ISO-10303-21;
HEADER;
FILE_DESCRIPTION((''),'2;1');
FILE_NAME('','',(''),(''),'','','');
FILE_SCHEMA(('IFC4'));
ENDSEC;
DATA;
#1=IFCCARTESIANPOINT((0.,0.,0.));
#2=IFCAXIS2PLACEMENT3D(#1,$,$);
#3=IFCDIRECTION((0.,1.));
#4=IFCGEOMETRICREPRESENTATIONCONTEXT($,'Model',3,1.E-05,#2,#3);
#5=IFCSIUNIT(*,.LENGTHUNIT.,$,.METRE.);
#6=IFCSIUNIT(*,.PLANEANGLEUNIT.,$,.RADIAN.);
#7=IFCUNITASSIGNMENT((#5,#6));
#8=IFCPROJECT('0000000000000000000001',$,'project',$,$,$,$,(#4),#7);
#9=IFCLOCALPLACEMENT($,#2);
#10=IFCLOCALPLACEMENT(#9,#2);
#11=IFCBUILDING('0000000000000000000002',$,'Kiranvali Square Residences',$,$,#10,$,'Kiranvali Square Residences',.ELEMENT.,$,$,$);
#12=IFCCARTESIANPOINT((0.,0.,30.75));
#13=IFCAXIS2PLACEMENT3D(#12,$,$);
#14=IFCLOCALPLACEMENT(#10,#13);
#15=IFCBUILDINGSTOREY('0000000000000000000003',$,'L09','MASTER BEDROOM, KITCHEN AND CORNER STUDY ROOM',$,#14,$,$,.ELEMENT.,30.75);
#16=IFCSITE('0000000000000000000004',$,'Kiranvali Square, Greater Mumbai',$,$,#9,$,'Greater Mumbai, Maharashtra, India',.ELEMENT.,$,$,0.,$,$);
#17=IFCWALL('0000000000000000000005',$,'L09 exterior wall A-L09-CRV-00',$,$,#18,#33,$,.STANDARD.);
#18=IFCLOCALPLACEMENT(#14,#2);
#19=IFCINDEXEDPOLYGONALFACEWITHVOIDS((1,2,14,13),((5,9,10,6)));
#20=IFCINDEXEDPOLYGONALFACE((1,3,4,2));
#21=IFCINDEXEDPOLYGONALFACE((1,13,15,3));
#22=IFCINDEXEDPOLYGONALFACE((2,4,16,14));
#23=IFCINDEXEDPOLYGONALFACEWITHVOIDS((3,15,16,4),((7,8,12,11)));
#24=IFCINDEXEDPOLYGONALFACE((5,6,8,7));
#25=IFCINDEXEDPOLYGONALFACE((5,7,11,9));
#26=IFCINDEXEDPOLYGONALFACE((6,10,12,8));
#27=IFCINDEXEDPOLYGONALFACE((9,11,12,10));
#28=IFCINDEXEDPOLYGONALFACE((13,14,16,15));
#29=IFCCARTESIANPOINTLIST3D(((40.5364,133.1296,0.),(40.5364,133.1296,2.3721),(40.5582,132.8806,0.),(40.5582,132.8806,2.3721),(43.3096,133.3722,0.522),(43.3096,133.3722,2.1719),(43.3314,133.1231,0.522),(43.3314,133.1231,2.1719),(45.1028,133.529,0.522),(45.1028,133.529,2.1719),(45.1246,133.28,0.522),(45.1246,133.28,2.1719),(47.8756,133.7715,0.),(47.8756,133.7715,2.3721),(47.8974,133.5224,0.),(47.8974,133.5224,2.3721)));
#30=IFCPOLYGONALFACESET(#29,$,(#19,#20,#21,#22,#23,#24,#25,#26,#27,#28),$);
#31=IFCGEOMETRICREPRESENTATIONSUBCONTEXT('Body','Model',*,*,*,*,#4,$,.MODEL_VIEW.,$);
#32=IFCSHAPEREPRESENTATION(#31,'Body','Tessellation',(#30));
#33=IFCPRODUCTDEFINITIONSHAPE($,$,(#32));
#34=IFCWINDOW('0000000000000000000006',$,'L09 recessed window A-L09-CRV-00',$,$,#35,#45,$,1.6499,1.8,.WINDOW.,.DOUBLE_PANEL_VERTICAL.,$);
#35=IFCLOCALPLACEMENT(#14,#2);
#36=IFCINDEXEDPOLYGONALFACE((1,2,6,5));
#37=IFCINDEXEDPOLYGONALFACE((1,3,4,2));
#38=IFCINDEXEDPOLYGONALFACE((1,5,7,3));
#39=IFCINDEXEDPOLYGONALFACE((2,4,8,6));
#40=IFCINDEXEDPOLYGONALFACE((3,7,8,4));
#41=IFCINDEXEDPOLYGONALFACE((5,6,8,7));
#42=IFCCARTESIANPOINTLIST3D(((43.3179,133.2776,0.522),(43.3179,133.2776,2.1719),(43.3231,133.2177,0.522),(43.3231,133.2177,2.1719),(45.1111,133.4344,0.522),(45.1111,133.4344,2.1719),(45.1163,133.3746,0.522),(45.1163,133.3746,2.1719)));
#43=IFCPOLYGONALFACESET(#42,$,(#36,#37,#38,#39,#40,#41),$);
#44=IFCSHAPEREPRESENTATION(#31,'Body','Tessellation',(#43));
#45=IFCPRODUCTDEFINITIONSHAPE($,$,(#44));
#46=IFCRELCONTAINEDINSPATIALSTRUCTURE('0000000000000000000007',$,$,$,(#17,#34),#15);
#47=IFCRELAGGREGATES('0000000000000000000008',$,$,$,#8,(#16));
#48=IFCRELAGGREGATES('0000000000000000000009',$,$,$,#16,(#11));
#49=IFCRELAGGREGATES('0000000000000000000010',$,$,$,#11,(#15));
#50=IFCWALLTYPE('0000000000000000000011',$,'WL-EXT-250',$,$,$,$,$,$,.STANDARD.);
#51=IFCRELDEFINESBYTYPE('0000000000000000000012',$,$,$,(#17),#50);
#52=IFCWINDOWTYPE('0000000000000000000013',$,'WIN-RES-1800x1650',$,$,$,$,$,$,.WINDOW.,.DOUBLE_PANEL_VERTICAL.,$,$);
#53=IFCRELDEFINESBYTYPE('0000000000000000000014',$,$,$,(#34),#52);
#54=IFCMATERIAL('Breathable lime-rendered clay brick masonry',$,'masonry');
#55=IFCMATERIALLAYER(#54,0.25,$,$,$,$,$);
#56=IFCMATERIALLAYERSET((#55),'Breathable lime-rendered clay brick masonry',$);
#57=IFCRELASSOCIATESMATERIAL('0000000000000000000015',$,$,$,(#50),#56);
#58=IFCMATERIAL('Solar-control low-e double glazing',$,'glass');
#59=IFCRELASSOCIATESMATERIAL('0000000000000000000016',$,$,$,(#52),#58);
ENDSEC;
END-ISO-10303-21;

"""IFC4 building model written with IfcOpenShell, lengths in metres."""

from ifc_helpers import new_model, si_unit, direction, frame, frame_2d, origin, place, context, subcontext, project, spatial, rectangle, extrude, material, layer, layer_set, type_object, element, fill, save


model = new_model("IFC4")

# Units and contexts
model_context = context("Model", 3, precision=1e-05, world=origin(), true_north=direction((0.0, 1.0)))
body_context = subcontext(model_context, "Body", "Model", "MODEL_VIEW")
ifc_project = project(units=[si_unit("LENGTHUNIT", "METRE"), si_unit("PLANEANGLEUNIT", "RADIAN")], contexts=[model_context])

# Site, building, storey
site_placement = place(None, origin())
site = spatial("IfcSite", under=ifc_project, at=site_placement, Name="Kiranvali Square, Greater Mumbai", LongName="Greater Mumbai, Maharashtra, India", CompositionType="ELEMENT", RefElevation=0.0)
building_placement = place(site_placement, origin())
building = spatial("IfcBuilding", under=site, at=building_placement, Name="Kiranvali Square Residences", LongName="Kiranvali Square Residences", CompositionType="ELEMENT")
storey_placement = place(building_placement, frame((0.0, 0.0, 30.75)))
storey = spatial("IfcBuildingStorey", under=building, at=storey_placement, Name="L09", Description="MASTER BEDROOM, KITCHEN AND CORNER STUDY ROOM", CompositionType="ELEMENT", Elevation=30.75)

# Wall, opening, window
ifc_material_1 = material(Name="Breathable lime-rendered clay brick masonry", Category="masonry")
ifc_layer = layer(ifc_material_1, 0.25)
ifc_layer_set = layer_set([ifc_layer], Name="Breathable lime-rendered clay brick masonry")
wall_type = type_object("IfcWallType", Name="WL-EXT-250", PredefinedType="STANDARD", material=ifc_layer_set)
wall_1_placement = place(storey_placement, frame((47.8865, 133.647, 0.0), z_axis=(0.0, 0.0, 1.0), x_axis=(-0.996198, -0.087123, 0.0)))
wall_1 = element("IfcWall", 1, at=wall_1_placement, inside=storey, type_object=wall_type, Name="L09 exterior wall A-L09-CRV-00", PredefinedType="STANDARD", context=body_context, shape_type="SweptSolid", body=[
    extrude(rectangle(XDim=7.3672, YDim=0.25, at=frame_2d((3.6836, 0.0))), origin(), (0.0, 0.0, 1.0), 2.3721),
])
opening_1_placement = place(wall_1_placement, frame((2.7834, 0.0, 0.522)))
opening_1 = element("IfcOpeningElement", 2, at=opening_1_placement, cuts=wall_1, PredefinedType="OPENING", context=body_context, shape_type="SweptSolid", body=[
    extrude(rectangle(XDim=1.8, YDim=1.6499, at=frame_2d((0.8999, 0.825))), frame((0.0, 0.135, 0.0), z_axis=(0.0, -1.0, 0.0), x_axis=(1.0, 0.0, 0.0)), (0.0, 0.0, 1.0), 0.27),
])
ifc_material_2 = material(Name="Solar-control low-e double glazing", Category="glass")
window_type_1 = type_object("IfcWindowType", Name="WIN-RES-1800x1650", PartitioningType="DOUBLE_PANEL_VERTICAL", PredefinedType="WINDOW", material=ifc_material_2)
window_1_placement = place(opening_1_placement, origin())
window_1 = element("IfcWindow", 3, at=window_1_placement, inside=storey, type_object=window_type_1, Name="L09 recessed window A-L09-CRV-00", OverallHeight=1.6499, OverallWidth=1.8, PartitioningType="DOUBLE_PANEL_VERTICAL", PredefinedType="WINDOW", context=body_context, shape_type="SweptSolid", body=[
    extrude(rectangle(XDim=1.8, YDim=1.6499, at=frame_2d((0.8999, 0.825))), frame((0.0, 0.03, 0.0), z_axis=(0.0, -1.0, 0.0), x_axis=(1.0, 0.0, 0.0)), (0.0, 0.0, 1.0), 0.0601),
])
fill(opening_1, window_1)

save(model, "model.ifc")
